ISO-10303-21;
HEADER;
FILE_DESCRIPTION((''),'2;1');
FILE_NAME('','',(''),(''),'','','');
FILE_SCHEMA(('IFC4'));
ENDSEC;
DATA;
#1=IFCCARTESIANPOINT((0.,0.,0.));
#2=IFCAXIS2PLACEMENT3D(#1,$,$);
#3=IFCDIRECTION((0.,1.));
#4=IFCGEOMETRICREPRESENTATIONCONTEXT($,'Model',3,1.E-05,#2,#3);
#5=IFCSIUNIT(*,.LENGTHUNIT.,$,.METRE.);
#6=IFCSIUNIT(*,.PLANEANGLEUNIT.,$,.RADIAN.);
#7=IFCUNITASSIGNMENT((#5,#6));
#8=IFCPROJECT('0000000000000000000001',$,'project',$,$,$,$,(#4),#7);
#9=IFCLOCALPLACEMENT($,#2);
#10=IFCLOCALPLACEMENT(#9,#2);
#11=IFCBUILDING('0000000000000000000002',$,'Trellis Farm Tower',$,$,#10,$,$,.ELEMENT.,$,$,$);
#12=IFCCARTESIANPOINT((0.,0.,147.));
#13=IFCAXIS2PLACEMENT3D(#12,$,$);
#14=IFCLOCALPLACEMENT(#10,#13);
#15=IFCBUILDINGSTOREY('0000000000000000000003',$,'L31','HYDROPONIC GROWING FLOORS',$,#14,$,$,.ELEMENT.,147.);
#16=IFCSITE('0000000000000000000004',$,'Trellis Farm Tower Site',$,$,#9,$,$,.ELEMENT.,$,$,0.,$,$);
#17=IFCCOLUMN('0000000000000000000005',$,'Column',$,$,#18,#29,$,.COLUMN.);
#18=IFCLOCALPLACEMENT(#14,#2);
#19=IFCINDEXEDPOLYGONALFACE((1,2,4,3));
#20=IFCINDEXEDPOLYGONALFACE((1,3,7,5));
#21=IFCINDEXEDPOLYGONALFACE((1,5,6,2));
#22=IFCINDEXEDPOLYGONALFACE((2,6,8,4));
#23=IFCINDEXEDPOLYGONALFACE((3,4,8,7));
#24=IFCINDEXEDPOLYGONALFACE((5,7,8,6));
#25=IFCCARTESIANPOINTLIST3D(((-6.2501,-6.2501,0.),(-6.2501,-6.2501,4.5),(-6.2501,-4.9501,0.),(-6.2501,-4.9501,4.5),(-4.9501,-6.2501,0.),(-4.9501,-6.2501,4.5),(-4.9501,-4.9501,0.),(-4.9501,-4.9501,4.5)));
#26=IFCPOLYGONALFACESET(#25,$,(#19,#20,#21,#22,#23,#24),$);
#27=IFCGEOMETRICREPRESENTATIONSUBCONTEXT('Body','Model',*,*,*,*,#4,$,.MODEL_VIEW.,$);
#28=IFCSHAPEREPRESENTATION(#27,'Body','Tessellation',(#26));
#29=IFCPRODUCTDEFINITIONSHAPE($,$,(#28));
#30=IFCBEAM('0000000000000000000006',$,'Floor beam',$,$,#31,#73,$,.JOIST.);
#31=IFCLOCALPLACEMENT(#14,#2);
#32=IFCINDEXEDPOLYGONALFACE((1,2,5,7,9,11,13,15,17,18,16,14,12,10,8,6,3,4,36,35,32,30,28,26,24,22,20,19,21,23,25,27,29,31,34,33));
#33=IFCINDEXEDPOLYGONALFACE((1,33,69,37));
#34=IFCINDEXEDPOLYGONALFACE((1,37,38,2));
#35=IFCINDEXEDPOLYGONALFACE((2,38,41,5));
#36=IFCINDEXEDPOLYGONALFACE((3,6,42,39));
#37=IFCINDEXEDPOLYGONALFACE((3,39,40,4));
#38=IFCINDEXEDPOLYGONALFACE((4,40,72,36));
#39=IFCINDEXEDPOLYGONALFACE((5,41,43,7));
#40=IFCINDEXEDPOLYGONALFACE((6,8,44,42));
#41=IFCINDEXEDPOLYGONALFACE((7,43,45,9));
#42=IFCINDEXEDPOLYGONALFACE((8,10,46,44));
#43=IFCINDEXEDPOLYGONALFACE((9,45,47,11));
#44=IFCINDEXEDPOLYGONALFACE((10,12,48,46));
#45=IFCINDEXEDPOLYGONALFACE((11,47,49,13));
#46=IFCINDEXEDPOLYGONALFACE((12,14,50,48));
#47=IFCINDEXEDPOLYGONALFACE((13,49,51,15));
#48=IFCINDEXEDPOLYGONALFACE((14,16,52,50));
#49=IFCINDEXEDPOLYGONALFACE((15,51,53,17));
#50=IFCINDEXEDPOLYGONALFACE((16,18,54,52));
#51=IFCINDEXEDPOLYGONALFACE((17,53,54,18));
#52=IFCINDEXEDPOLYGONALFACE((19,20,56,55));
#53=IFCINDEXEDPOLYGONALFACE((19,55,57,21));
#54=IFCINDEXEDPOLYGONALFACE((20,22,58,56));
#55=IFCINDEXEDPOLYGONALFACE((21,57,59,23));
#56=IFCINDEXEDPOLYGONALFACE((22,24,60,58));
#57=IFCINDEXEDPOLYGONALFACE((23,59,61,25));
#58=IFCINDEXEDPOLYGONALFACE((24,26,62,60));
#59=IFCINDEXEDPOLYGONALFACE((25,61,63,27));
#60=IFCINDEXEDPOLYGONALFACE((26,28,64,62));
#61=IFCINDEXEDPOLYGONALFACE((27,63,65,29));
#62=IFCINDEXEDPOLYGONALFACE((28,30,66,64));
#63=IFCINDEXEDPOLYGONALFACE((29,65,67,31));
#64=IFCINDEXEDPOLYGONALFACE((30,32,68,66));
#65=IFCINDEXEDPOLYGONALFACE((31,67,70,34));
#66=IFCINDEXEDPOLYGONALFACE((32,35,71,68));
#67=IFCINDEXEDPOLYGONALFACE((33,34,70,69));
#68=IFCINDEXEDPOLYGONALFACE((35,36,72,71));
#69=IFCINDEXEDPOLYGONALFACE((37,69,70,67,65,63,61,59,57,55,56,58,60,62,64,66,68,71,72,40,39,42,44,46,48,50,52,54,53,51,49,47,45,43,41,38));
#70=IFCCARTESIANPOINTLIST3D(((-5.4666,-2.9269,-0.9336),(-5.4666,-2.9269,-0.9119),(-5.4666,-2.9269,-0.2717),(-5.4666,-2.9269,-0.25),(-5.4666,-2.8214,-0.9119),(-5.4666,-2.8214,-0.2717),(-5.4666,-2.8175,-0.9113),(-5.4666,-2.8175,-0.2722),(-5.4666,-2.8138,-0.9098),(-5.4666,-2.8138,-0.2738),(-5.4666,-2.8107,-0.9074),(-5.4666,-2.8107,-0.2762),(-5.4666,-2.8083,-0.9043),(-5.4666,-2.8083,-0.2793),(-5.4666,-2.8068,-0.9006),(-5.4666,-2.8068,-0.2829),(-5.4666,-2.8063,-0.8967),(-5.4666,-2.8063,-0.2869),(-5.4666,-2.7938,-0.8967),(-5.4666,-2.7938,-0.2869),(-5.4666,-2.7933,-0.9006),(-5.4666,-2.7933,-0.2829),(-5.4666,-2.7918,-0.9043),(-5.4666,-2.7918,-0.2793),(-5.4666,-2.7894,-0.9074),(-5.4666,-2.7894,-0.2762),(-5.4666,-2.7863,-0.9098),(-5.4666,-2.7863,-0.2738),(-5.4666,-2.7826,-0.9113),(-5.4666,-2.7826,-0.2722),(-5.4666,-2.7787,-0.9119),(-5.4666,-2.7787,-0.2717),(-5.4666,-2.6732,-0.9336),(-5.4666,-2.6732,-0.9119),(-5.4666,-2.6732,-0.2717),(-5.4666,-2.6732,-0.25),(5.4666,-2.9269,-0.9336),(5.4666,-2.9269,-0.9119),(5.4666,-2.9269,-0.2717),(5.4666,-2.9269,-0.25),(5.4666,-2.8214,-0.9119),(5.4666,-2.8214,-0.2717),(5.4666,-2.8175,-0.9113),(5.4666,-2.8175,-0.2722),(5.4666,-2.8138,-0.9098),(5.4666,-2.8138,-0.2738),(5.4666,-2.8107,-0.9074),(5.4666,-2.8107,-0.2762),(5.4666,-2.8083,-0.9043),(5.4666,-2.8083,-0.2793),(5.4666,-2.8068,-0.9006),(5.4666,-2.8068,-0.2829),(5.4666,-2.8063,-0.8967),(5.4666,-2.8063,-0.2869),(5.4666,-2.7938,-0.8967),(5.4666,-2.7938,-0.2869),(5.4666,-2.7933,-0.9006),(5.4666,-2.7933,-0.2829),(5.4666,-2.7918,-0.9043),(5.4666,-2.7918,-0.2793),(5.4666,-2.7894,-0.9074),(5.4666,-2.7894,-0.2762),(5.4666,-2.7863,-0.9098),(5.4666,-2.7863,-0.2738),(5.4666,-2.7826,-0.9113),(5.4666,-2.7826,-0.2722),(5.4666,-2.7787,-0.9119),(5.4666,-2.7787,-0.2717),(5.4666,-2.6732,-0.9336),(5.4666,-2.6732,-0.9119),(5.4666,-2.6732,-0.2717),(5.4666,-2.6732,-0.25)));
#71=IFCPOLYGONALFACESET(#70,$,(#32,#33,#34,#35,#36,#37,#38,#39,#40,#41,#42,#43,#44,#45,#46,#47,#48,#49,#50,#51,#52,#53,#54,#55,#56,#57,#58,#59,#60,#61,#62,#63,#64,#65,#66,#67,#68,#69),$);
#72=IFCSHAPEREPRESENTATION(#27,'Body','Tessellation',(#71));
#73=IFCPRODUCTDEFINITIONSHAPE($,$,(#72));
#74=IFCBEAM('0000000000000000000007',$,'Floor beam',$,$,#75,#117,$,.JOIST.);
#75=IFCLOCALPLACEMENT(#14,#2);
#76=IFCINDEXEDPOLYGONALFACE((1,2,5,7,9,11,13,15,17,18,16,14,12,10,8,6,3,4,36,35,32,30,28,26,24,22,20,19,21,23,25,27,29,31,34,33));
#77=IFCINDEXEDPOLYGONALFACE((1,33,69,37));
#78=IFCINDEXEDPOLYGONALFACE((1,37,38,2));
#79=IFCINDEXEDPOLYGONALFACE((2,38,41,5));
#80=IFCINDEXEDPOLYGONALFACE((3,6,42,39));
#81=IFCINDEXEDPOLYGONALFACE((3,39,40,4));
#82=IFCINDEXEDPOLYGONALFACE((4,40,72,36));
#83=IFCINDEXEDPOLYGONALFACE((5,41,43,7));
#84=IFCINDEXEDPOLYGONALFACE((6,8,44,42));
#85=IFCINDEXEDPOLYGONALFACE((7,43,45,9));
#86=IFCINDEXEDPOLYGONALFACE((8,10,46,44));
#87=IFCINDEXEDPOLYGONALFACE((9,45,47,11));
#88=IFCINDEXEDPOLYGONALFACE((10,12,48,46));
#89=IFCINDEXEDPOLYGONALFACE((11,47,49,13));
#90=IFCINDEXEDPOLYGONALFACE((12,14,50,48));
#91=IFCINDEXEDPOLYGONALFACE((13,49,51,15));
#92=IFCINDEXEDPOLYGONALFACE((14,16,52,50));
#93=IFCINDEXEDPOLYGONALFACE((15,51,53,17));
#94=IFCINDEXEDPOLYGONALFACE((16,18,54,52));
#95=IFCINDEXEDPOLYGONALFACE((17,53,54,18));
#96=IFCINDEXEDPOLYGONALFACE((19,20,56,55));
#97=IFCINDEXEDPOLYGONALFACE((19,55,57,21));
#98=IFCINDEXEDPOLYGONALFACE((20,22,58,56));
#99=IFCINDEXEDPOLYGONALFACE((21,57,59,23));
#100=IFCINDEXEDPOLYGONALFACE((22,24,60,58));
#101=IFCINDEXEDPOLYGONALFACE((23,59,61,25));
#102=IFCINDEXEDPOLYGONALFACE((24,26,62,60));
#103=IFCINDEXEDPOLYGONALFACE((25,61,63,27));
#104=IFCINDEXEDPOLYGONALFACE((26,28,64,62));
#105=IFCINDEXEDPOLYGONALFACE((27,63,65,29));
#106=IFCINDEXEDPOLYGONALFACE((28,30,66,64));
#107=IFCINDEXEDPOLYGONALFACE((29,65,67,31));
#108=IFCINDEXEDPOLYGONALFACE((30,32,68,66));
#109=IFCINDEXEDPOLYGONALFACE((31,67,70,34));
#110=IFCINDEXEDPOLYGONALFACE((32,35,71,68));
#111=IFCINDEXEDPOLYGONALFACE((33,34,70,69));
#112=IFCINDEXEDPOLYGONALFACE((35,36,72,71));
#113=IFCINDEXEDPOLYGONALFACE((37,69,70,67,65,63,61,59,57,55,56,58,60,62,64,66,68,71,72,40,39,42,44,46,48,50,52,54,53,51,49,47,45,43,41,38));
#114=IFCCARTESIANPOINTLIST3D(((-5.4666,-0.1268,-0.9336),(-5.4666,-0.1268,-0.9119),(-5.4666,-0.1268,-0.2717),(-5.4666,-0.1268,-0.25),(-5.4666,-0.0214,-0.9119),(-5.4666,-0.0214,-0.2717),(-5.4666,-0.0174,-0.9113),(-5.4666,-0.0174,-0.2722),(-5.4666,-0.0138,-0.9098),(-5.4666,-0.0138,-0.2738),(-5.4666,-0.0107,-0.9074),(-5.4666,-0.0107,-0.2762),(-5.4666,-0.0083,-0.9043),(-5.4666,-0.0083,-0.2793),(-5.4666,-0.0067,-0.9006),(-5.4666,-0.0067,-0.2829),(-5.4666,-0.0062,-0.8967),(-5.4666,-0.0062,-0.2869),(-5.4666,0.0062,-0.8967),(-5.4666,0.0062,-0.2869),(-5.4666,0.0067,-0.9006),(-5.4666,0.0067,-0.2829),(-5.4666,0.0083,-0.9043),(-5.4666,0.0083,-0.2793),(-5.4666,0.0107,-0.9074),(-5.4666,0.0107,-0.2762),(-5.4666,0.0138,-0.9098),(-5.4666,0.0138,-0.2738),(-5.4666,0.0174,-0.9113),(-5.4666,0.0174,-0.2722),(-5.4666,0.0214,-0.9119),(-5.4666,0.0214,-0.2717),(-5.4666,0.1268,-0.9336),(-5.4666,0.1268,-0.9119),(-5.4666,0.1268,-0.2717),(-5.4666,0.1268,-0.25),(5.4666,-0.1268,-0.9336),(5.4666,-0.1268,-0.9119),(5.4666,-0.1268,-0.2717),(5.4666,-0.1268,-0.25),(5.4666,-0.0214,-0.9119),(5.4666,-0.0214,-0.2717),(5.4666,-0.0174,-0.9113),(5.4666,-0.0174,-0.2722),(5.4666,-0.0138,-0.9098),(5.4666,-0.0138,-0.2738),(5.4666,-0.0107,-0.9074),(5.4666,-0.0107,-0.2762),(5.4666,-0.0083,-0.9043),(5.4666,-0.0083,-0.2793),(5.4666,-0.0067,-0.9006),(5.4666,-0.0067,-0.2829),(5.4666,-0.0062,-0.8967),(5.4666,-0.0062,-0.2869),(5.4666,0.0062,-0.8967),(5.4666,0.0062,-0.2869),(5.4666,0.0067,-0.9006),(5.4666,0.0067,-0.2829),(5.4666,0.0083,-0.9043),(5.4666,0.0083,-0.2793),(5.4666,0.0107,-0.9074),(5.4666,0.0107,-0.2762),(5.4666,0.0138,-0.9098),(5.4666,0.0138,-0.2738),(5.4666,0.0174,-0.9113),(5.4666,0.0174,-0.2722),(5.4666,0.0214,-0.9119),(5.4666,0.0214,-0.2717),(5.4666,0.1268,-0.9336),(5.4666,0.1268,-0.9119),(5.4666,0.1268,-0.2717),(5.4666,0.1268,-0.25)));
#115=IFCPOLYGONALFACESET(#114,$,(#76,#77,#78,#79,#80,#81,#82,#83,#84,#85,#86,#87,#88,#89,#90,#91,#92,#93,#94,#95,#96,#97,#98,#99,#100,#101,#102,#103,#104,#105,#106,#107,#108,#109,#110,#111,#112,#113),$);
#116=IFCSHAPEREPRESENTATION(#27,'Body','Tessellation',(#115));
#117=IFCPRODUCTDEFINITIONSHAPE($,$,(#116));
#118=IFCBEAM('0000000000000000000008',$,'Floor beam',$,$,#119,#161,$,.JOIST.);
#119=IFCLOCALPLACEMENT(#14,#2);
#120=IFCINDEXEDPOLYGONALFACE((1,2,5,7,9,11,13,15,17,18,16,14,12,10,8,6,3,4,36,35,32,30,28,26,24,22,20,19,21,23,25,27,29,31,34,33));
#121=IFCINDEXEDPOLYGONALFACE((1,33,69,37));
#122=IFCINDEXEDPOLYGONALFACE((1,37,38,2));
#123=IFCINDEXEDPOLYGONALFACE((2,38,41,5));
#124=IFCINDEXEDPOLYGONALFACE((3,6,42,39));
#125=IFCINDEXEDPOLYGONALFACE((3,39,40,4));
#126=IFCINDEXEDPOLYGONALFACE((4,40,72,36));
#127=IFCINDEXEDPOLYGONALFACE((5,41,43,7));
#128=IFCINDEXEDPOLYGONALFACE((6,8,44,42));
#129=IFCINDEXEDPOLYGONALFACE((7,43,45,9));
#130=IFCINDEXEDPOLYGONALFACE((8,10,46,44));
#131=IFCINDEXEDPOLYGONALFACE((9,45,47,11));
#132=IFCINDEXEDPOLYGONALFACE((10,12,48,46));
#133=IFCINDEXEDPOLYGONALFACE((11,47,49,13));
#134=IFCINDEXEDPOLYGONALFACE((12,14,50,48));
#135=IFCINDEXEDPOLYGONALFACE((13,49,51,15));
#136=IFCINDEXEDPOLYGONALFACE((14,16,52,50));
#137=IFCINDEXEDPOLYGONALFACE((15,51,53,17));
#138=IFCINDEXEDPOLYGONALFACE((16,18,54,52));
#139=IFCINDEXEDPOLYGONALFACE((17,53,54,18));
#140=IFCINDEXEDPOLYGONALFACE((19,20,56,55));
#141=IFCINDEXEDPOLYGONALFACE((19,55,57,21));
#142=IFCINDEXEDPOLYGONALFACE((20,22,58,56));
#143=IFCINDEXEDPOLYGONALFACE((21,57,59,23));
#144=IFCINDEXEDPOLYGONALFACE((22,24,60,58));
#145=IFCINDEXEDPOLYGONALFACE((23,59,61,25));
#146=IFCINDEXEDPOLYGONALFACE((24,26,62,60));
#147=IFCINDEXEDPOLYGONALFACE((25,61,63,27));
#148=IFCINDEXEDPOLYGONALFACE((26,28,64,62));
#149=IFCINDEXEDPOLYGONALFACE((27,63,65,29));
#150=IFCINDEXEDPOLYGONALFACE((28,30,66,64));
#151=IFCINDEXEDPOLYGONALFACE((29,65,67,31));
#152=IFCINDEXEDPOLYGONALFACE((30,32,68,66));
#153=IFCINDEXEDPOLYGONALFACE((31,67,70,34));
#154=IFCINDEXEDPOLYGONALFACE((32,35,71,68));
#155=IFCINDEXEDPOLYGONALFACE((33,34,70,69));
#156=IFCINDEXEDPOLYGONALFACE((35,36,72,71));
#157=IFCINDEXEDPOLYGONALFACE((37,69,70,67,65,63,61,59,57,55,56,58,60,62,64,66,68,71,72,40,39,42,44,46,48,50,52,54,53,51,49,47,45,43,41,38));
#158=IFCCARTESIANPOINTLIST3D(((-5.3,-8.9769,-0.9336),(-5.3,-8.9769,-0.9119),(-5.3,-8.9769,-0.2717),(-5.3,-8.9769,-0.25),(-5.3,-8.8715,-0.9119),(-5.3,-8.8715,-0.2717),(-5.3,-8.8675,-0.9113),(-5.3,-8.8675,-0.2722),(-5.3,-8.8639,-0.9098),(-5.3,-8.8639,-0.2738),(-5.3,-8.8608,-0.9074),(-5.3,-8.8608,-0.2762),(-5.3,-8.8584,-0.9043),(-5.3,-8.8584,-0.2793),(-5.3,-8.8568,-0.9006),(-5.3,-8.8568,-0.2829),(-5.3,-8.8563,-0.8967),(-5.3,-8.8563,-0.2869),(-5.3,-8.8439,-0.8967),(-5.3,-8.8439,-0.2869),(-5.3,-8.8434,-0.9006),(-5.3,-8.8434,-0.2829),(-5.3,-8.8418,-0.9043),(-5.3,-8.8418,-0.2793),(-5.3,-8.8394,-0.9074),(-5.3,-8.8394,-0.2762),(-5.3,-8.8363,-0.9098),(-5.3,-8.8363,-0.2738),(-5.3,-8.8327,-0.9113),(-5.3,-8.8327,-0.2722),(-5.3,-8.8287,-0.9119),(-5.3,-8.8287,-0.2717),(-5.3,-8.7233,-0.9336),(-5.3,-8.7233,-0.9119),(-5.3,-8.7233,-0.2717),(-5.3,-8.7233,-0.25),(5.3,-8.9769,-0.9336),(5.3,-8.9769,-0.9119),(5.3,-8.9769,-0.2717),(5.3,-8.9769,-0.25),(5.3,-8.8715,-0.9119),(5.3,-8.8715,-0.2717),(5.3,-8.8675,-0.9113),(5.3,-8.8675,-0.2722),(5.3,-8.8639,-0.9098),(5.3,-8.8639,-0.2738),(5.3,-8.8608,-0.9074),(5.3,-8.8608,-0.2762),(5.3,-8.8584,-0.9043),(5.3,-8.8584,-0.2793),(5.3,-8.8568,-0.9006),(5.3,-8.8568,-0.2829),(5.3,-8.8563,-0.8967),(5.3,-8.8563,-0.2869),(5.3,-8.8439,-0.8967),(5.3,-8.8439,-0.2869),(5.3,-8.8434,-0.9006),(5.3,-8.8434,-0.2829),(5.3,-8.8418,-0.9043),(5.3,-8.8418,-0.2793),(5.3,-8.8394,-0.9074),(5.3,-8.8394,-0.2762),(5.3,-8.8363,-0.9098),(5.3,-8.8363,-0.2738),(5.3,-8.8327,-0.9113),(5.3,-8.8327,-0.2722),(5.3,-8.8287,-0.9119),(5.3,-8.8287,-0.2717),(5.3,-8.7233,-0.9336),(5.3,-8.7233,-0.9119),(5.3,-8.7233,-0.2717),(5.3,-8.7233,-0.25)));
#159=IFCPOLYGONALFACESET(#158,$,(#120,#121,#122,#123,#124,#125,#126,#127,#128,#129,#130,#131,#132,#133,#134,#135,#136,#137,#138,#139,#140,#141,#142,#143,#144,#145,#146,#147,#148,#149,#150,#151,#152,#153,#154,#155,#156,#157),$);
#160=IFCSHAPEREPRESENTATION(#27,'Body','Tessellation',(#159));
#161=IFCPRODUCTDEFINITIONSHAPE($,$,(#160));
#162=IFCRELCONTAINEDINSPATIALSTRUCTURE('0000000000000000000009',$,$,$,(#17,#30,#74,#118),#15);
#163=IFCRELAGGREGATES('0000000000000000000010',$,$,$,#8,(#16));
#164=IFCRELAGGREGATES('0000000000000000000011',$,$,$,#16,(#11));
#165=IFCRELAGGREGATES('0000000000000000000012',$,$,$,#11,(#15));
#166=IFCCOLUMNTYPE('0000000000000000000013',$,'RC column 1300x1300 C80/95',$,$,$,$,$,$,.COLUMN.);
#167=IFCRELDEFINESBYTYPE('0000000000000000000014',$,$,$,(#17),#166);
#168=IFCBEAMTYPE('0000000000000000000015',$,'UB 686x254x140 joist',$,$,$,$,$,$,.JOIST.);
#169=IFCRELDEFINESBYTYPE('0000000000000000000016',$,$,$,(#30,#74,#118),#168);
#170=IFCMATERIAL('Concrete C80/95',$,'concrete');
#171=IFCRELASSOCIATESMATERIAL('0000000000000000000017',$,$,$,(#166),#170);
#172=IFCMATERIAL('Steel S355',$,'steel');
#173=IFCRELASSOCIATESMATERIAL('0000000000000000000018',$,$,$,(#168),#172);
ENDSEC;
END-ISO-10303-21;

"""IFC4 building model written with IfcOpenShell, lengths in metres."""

from ifc_helpers import new_model, si_unit, direction, frame, origin, origin_2d, place, context, subcontext, project, spatial, rectangle, i_section, extrude, source, transform, mapped, material, material_profile, profile_set, type_object, element, save


model = new_model("IFC4")

# Units and contexts
model_context = context("Model", 3, precision=1e-05, world=origin(), true_north=direction((0.0, 1.0)))
body_context = subcontext(model_context, "Body", "Model", "MODEL_VIEW")
ifc_project = project(units=[si_unit("LENGTHUNIT", "METRE"), si_unit("PLANEANGLEUNIT", "RADIAN")], contexts=[model_context])

# Site, building, storey
site_placement = place(None, origin())
site = spatial("IfcSite", under=ifc_project, at=site_placement, Name="Trellis Farm Tower Site", CompositionType="ELEMENT", RefElevation=0.0)
building_placement = place(site_placement, origin())
building = spatial("IfcBuilding", under=site, at=building_placement, Name="Trellis Farm Tower", CompositionType="ELEMENT")
storey_placement = place(building_placement, frame((0.0, 0.0, 147.0)))
storey = spatial("IfcBuildingStorey", under=building, at=storey_placement, Name="L31", Description="HYDROPONIC GROWING FLOORS", CompositionType="ELEMENT", Elevation=147.0)

# Column
ifc_material_1 = material(Name="Concrete C80/95", Category="concrete")
ifc_material_profile_1 = material_profile(ifc_material_1, rectangle(XDim=1.3, YDim=1.3, at=origin_2d()), Name="RC column 1300x1300 C80/95")
ifc_profile_set_1 = profile_set([ifc_material_profile_1], Name="Concrete C80/95")
column_type = type_object("IfcColumnType", Name="RC column 1300x1300 C80/95", PredefinedType="COLUMN", material=ifc_profile_set_1)
shared_shape_1 = source(origin(), body_context, "Body", "SweptSolid", [
    extrude(rectangle(XDim=1.3, YDim=1.3, at=origin_2d()), origin(), (0.0, 0.0, 1.0), 4.5),
])
column_placement = place(storey_placement, frame((-5.6001, -5.6001, 0.0), z_axis=(0.0, 0.0, 1.0), x_axis=(1.0, 0.0, 0.0)))
element("IfcColumn", 1, at=column_placement, inside=storey, type_object=column_type, Name="Column", PredefinedType="COLUMN", context=body_context, shape_type="MappedRepresentation", body=[
    mapped(shared_shape_1, transform((0.0, 0.0, 0.0))),
])

# Beams
ifc_material_2 = material(Name="Steel S355", Category="steel")
ifc_material_profile_2 = material_profile(ifc_material_2, i_section(OverallWidth=0.2537, OverallDepth=0.6836, WebThickness=0.0125, FlangeThickness=0.0217, FilletRadius=0.0151, at=origin_2d()), Name="UB 686x254x140")
ifc_profile_set_2 = profile_set([ifc_material_profile_2], Name="Steel S355")
beam_type_1 = type_object("IfcBeamType", Name="UB 686x254x140 joist", PredefinedType="JOIST", material=ifc_profile_set_2)
shared_shape_2 = source(origin(), body_context, "Body", "SweptSolid", [
    extrude(i_section(OverallWidth=0.2537, OverallDepth=0.6836, WebThickness=0.0125, FlangeThickness=0.0217, FilletRadius=0.0151, at=origin_2d()), origin(), (0.0, 0.0, 1.0), 10.9331),
])
for number, where, z_axis, x_axis, name in (
    (2, (-5.4666, -2.8, -0.5918), (1.0, 0.0, 0.0), (0.0, 1.0, 0.0), "Floor beam"),
    (3, (-5.4666, 0.0, -0.5918), (1.0, 0.0, 0.0), (0.0, 1.0, 0.0), "Floor beam"),
):
    element("IfcBeam", number, at=place(storey_placement, frame(where, z_axis=z_axis, x_axis=x_axis)), inside=storey, type_object=beam_type_1, Name=name, PredefinedType="JOIST", context=body_context, shape_type="MappedRepresentation", body=[
        mapped(shared_shape_2, transform((0.0, 0.0, 0.0))),
    ])
shared_shape_3 = source(origin(), body_context, "Body", "SweptSolid", [
    extrude(i_section(OverallWidth=0.2537, OverallDepth=0.6836, WebThickness=0.0125, FlangeThickness=0.0217, FilletRadius=0.0151, at=origin_2d()), origin(), (0.0, 0.0, 1.0), 10.6001),
])
beam_1_placement = place(storey_placement, frame((-5.3, -8.8501, -0.5918), z_axis=(1.0, 0.0, 0.0), x_axis=(0.0, 1.0, 0.0)))
element("IfcBeam", 4, at=beam_1_placement, inside=storey, type_object=beam_type_1, Name="Floor beam", PredefinedType="JOIST", context=body_context, shape_type="MappedRepresentation", body=[
    mapped(shared_shape_3, transform((0.0, 0.0, 0.0))),
])

save(model, "model.ifc")
